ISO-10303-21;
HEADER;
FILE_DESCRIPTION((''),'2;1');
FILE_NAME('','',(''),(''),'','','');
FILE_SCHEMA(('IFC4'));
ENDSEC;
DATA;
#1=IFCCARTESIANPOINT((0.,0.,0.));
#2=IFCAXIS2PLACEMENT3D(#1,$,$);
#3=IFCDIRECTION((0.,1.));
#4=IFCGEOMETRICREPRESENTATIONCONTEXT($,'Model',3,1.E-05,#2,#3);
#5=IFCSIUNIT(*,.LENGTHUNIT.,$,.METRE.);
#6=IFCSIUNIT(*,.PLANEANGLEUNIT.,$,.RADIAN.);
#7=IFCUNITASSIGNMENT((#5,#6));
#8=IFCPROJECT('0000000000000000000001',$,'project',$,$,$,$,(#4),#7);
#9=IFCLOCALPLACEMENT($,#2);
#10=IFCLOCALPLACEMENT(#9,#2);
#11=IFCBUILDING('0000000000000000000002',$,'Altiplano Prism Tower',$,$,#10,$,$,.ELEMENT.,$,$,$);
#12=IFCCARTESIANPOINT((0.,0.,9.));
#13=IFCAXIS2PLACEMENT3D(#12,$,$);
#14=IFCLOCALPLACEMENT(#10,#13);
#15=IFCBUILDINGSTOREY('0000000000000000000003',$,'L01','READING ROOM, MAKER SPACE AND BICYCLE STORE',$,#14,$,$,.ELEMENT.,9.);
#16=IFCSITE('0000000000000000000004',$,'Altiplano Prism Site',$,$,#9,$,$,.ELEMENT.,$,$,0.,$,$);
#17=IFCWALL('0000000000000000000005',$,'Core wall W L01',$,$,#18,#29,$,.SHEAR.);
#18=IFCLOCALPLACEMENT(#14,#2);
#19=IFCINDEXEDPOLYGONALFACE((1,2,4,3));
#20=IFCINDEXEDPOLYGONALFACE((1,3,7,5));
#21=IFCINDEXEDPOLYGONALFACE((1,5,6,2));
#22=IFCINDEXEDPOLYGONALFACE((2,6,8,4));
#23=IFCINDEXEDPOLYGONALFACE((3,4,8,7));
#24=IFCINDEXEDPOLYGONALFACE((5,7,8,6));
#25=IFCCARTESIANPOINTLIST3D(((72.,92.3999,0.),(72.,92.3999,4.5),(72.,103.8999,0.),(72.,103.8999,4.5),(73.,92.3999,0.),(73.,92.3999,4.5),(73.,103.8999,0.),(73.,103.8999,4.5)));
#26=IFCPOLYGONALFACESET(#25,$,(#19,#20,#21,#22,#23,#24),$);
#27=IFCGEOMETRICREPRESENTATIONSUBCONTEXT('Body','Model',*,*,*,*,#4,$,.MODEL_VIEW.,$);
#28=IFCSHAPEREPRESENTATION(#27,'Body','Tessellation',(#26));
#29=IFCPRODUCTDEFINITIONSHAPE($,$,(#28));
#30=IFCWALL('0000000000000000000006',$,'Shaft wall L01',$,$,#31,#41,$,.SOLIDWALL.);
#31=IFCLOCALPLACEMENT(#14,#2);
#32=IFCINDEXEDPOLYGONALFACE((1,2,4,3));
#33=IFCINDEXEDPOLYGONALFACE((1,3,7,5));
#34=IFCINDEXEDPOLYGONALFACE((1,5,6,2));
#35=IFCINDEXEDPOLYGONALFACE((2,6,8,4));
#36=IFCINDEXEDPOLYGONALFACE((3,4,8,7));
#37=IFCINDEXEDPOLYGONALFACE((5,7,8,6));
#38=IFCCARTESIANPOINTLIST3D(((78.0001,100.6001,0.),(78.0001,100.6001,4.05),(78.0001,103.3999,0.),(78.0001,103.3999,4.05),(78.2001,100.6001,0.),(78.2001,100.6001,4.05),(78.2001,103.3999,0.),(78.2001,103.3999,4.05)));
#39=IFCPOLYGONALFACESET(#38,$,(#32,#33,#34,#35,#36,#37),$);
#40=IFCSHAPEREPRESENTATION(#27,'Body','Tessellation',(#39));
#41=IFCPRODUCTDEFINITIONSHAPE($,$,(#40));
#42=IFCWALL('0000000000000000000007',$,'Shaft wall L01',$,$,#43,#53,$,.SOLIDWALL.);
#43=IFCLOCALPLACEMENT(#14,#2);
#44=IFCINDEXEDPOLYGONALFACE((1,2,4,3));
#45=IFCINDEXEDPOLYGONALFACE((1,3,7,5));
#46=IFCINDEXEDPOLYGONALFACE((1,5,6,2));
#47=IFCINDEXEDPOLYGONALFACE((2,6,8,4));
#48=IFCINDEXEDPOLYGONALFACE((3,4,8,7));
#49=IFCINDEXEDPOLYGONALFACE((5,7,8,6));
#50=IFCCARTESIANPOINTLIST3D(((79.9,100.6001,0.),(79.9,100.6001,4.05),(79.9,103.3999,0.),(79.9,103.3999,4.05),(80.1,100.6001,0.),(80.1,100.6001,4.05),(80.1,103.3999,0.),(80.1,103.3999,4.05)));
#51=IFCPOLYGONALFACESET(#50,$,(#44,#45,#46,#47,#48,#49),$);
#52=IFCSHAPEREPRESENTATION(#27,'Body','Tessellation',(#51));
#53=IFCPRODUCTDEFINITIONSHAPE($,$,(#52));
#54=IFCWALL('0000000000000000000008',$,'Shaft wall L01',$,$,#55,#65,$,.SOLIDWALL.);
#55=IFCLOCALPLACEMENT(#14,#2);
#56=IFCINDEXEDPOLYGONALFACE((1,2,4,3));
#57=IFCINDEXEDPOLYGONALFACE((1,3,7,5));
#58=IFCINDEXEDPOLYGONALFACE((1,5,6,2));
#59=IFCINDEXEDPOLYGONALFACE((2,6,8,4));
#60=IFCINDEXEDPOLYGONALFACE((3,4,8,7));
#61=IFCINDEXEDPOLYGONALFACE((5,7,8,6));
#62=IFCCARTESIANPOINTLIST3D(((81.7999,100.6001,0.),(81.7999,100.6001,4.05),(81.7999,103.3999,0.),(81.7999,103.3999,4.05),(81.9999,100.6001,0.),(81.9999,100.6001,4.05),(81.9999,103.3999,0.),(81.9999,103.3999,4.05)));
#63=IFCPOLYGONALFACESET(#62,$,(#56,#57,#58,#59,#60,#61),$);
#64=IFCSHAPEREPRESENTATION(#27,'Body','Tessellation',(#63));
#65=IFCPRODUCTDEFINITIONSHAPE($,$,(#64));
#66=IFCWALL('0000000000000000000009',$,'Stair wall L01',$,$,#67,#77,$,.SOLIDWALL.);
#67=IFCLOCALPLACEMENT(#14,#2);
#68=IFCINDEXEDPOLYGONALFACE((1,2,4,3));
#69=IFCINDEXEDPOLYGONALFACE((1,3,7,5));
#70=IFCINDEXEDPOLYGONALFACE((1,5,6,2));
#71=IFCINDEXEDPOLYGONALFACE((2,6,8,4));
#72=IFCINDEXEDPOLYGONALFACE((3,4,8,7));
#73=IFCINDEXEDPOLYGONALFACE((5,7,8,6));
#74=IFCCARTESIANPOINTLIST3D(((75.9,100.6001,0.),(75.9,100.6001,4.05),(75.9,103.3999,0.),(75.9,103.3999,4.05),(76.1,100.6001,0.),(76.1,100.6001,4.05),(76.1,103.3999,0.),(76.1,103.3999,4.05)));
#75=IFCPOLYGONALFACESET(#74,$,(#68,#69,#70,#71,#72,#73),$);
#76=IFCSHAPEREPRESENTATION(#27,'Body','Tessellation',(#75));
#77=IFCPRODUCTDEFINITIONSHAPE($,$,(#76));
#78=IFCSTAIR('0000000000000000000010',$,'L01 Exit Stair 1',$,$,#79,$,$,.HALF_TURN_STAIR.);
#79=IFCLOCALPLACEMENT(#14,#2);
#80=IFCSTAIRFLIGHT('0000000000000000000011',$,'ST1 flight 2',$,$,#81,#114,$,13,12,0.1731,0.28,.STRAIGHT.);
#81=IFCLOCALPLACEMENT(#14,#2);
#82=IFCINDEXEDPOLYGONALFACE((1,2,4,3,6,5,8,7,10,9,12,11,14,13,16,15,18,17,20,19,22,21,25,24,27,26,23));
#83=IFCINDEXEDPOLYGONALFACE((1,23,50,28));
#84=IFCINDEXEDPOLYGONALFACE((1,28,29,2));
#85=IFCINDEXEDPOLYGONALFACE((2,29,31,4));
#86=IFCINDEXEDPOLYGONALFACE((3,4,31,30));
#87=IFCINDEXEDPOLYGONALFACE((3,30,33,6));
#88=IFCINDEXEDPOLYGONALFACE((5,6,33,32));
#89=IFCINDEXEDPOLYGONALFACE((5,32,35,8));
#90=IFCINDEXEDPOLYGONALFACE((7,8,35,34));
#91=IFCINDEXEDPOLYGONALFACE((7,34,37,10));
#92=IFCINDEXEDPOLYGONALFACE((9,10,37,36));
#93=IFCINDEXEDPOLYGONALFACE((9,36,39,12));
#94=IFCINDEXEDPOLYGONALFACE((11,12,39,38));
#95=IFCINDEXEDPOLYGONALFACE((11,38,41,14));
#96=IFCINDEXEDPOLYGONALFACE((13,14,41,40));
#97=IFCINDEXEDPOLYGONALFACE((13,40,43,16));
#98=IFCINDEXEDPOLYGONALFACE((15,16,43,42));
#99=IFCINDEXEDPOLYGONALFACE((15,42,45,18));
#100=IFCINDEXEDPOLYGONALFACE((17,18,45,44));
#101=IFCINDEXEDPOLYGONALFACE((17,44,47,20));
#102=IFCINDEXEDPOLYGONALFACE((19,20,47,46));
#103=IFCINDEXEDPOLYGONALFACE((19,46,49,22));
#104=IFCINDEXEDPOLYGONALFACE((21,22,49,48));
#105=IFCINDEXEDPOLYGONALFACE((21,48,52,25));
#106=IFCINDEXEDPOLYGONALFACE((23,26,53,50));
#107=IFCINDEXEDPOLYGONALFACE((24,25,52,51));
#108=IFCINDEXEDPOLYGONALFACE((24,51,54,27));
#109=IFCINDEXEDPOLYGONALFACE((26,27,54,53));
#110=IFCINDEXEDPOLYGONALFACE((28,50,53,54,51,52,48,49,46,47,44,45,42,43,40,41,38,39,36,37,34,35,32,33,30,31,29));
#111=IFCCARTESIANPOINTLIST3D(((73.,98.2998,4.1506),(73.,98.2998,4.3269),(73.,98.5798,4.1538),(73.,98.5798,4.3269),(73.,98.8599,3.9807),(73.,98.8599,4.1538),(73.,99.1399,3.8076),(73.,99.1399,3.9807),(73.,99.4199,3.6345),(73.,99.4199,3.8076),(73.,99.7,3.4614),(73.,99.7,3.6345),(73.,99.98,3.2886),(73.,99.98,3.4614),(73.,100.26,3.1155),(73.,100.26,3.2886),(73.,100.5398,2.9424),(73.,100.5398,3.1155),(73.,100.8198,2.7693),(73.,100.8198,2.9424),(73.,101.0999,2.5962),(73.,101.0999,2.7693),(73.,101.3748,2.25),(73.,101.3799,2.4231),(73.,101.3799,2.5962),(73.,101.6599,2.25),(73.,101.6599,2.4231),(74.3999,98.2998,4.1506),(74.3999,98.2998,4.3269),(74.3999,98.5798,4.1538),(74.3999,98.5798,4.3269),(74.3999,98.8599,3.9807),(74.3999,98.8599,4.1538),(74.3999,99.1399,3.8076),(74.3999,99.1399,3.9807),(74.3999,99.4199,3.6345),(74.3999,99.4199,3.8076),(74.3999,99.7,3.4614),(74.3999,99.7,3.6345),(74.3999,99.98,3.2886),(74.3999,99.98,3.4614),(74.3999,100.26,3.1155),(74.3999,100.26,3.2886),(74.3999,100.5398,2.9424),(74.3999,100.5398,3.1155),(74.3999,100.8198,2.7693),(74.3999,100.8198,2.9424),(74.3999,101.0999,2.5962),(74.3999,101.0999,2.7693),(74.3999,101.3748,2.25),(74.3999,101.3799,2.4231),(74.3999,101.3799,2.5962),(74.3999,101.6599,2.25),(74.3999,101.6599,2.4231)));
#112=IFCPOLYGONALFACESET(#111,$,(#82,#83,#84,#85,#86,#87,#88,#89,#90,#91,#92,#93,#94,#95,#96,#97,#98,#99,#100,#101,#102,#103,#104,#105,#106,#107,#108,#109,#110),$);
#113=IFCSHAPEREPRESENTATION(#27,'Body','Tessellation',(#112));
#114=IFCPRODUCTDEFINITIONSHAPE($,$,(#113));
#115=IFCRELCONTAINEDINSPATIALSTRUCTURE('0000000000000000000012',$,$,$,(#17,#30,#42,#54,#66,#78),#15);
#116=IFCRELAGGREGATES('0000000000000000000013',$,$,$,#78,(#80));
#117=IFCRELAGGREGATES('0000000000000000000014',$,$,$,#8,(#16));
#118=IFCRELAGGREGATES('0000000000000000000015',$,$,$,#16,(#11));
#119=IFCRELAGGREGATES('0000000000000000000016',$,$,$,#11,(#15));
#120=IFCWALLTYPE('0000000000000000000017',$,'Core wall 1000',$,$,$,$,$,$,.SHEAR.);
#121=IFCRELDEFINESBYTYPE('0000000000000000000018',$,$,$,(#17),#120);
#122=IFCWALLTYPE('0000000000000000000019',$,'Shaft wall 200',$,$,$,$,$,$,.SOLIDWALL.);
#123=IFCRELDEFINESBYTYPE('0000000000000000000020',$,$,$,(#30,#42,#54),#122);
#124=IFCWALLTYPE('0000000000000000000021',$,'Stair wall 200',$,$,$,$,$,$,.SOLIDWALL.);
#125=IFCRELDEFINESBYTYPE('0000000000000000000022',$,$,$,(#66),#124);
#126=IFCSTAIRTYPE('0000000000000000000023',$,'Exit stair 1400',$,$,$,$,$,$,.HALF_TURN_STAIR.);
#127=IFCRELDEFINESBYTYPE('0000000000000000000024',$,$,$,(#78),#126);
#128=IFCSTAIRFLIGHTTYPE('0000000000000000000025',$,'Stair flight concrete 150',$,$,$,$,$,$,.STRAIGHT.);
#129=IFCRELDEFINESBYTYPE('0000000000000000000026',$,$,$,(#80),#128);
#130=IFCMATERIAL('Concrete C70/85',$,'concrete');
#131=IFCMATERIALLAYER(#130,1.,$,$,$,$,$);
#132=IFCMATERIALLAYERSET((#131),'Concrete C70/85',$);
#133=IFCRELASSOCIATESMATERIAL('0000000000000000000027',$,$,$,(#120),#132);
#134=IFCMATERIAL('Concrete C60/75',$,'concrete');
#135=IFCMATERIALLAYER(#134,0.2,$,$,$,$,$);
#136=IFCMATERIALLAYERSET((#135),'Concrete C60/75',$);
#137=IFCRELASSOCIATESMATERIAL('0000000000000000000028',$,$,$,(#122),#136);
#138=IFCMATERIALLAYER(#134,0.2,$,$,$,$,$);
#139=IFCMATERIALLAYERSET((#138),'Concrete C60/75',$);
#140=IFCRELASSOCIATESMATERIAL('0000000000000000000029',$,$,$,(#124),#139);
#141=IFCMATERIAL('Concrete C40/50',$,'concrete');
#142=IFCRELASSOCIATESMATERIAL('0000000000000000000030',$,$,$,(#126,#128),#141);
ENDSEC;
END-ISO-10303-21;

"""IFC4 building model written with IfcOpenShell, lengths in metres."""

from ifc_helpers import new_model, si_unit, direction, frame, frame_2d, origin, place, context, subcontext, project, spatial, polyline, rectangle, outline, extrude, material, layer, layer_set, type_object, element, aggregate, save


model = new_model("IFC4")

# Units and contexts
model_context = context("Model", 3, precision=1e-05, world=origin(), true_north=direction((0.0, 1.0)))
body_context = subcontext(model_context, "Body", "Model", "MODEL_VIEW")
ifc_project = project(units=[si_unit("LENGTHUNIT", "METRE"), si_unit("PLANEANGLEUNIT", "RADIAN")], contexts=[model_context])

# Site, building, storey
site_placement = place(None, origin())
site = spatial("IfcSite", under=ifc_project, at=site_placement, Name="Altiplano Prism Site", CompositionType="ELEMENT", RefElevation=0.0)
building_placement = place(site_placement, origin())
building = spatial("IfcBuilding", under=site, at=building_placement, Name="Altiplano Prism Tower", CompositionType="ELEMENT")
storey_placement = place(building_placement, frame((0.0, 0.0, 9.0)))
storey = spatial("IfcBuildingStorey", under=building, at=storey_placement, Name="L01", Description="READING ROOM, MAKER SPACE AND BICYCLE STORE", CompositionType="ELEMENT", Elevation=9.0)

# Walls
ifc_material_1 = material(Name="Concrete C70/85", Category="concrete")
ifc_layer_1 = layer(ifc_material_1, 1.0)
ifc_layer_set_1 = layer_set([ifc_layer_1], Name="Concrete C70/85")
wall_type_1 = type_object("IfcWallType", Name="Core wall 1000", PredefinedType="SHEAR", material=ifc_layer_set_1)
wall_1_placement = place(storey_placement, frame((72.5, 103.8999, 0.0), z_axis=(0.0, 0.0, 1.0), x_axis=(0.0, -1.0, 0.0)))
element("IfcWall", 1, at=wall_1_placement, inside=storey, type_object=wall_type_1, Name="Core wall W L01", PredefinedType="SHEAR", context=body_context, shape_type="SweptSolid", body=[
    extrude(rectangle(XDim=11.5, YDim=1.0, at=frame_2d((5.75, 0.0))), origin(), (0.0, 0.0, 1.0), 4.5),
])
ifc_material_2 = material(Name="Concrete C60/75", Category="concrete")
ifc_layer_2 = layer(ifc_material_2, 0.2)
ifc_layer_set_2 = layer_set([ifc_layer_2], Name="Concrete C60/75")
wall_type_2 = type_object("IfcWallType", Name="Shaft wall 200", PredefinedType="SOLIDWALL", material=ifc_layer_set_2)
for number, where, z_axis, x_axis, name in (
    (2, (78.1001, 100.6001, 0.0), (0.0, 0.0, 1.0), (0.0, 1.0, 0.0), "Shaft wall L01"),
    (3, (80.0, 100.6001, 0.0), (0.0, 0.0, 1.0), (0.0, 1.0, 0.0), "Shaft wall L01"),
    (4, (81.8999, 100.6001, 0.0), (0.0, 0.0, 1.0), (0.0, 1.0, 0.0), "Shaft wall L01"),
):
    element("IfcWall", number, at=place(storey_placement, frame(where, z_axis=z_axis, x_axis=x_axis)), inside=storey, type_object=wall_type_2, Name=name, PredefinedType="SOLIDWALL", context=body_context, shape_type="SweptSolid", body=[
        extrude(rectangle(XDim=2.7998, YDim=0.2, at=frame_2d((1.3999, 0.0))), origin(), (0.0, 0.0, 1.0), 4.05),
    ])
ifc_layer_3 = layer(ifc_material_2, 0.2)
ifc_layer_set_3 = layer_set([ifc_layer_3], Name="Concrete C60/75")
wall_type_3 = type_object("IfcWallType", Name="Stair wall 200", PredefinedType="SOLIDWALL", material=ifc_layer_set_3)
wall_2_placement = place(storey_placement, frame((76.0, 100.6001, 0.0), z_axis=(0.0, 0.0, 1.0), x_axis=(0.0, 1.0, 0.0)))
element("IfcWall", 5, at=wall_2_placement, inside=storey, type_object=wall_type_3, Name="Stair wall L01", PredefinedType="SOLIDWALL", context=body_context, shape_type="SweptSolid", body=[
    extrude(rectangle(XDim=2.7998, YDim=0.2, at=frame_2d((1.3999, 0.0))), origin(), (0.0, 0.0, 1.0), 4.05),
])

# Stair, stair flight
ifc_material_3 = material(Name="Concrete C40/50", Category="concrete")
stair_type = type_object("IfcStairType", Name="Exit stair 1400", PredefinedType="HALF_TURN_STAIR", material=ifc_material_3)
stair_placement = place(storey_placement, origin())
stair = element("IfcStair", 6, at=stair_placement, inside=storey, type_object=stair_type, Name="L01 Exit Stair 1", PredefinedType="HALF_TURN_STAIR")
stair_flight_type = type_object("IfcStairFlightType", Name="Stair flight concrete 150", PredefinedType="STRAIGHT", material=ifc_material_3)
stair_flight_placement = place(storey_placement, frame((73.7, 101.6599, 2.25), z_axis=(0.0, 0.0, 1.0), x_axis=(0.0, -1.0, 0.0)))
stair_flight = element("IfcStairFlight", 7, at=stair_flight_placement, type_object=stair_flight_type, Name="ST1 flight 2", NumberOfRisers=13, NumberOfTreads=12, PredefinedType="STRAIGHT", RiserHeight=0.1731, TreadLength=0.28, context=body_context, shape_type="SweptSolid", body=[
    extrude(outline(polyline([(0.0, 0.0), (0.0, 0.1731), (0.28, 0.1731), (0.28, 0.3462), (0.5601, 0.3462), (0.5601, 0.5193), (0.8401, 0.5193), (0.8401, 0.6924), (1.1201, 0.6924), (1.1201, 0.8655), (1.3999, 0.8655), (1.3999, 1.0386), (1.6799, 1.0386), (1.6799, 1.2114), (1.96, 1.2114), (1.96, 1.3845), (2.24, 1.3845), (2.24, 1.5576), (2.52, 1.5576), (2.52, 1.7307), (2.8, 1.7307), (2.8, 1.9038), (3.0801, 1.9038), (3.0801, 2.0769), (3.3601, 2.0769), (3.3601, 2.25), (3.3601, 1.9006), (0.2852, 0.0), (0.0, 0.0)])), frame((0.0, 0.7, 0.0), z_axis=(0.0, -1.0, 0.0), x_axis=(1.0, 0.0, 0.0)), (0.0, 0.0, 1.0), 1.3999),
])
aggregate(stair, [stair_flight])

save(model, "model.ifc")
